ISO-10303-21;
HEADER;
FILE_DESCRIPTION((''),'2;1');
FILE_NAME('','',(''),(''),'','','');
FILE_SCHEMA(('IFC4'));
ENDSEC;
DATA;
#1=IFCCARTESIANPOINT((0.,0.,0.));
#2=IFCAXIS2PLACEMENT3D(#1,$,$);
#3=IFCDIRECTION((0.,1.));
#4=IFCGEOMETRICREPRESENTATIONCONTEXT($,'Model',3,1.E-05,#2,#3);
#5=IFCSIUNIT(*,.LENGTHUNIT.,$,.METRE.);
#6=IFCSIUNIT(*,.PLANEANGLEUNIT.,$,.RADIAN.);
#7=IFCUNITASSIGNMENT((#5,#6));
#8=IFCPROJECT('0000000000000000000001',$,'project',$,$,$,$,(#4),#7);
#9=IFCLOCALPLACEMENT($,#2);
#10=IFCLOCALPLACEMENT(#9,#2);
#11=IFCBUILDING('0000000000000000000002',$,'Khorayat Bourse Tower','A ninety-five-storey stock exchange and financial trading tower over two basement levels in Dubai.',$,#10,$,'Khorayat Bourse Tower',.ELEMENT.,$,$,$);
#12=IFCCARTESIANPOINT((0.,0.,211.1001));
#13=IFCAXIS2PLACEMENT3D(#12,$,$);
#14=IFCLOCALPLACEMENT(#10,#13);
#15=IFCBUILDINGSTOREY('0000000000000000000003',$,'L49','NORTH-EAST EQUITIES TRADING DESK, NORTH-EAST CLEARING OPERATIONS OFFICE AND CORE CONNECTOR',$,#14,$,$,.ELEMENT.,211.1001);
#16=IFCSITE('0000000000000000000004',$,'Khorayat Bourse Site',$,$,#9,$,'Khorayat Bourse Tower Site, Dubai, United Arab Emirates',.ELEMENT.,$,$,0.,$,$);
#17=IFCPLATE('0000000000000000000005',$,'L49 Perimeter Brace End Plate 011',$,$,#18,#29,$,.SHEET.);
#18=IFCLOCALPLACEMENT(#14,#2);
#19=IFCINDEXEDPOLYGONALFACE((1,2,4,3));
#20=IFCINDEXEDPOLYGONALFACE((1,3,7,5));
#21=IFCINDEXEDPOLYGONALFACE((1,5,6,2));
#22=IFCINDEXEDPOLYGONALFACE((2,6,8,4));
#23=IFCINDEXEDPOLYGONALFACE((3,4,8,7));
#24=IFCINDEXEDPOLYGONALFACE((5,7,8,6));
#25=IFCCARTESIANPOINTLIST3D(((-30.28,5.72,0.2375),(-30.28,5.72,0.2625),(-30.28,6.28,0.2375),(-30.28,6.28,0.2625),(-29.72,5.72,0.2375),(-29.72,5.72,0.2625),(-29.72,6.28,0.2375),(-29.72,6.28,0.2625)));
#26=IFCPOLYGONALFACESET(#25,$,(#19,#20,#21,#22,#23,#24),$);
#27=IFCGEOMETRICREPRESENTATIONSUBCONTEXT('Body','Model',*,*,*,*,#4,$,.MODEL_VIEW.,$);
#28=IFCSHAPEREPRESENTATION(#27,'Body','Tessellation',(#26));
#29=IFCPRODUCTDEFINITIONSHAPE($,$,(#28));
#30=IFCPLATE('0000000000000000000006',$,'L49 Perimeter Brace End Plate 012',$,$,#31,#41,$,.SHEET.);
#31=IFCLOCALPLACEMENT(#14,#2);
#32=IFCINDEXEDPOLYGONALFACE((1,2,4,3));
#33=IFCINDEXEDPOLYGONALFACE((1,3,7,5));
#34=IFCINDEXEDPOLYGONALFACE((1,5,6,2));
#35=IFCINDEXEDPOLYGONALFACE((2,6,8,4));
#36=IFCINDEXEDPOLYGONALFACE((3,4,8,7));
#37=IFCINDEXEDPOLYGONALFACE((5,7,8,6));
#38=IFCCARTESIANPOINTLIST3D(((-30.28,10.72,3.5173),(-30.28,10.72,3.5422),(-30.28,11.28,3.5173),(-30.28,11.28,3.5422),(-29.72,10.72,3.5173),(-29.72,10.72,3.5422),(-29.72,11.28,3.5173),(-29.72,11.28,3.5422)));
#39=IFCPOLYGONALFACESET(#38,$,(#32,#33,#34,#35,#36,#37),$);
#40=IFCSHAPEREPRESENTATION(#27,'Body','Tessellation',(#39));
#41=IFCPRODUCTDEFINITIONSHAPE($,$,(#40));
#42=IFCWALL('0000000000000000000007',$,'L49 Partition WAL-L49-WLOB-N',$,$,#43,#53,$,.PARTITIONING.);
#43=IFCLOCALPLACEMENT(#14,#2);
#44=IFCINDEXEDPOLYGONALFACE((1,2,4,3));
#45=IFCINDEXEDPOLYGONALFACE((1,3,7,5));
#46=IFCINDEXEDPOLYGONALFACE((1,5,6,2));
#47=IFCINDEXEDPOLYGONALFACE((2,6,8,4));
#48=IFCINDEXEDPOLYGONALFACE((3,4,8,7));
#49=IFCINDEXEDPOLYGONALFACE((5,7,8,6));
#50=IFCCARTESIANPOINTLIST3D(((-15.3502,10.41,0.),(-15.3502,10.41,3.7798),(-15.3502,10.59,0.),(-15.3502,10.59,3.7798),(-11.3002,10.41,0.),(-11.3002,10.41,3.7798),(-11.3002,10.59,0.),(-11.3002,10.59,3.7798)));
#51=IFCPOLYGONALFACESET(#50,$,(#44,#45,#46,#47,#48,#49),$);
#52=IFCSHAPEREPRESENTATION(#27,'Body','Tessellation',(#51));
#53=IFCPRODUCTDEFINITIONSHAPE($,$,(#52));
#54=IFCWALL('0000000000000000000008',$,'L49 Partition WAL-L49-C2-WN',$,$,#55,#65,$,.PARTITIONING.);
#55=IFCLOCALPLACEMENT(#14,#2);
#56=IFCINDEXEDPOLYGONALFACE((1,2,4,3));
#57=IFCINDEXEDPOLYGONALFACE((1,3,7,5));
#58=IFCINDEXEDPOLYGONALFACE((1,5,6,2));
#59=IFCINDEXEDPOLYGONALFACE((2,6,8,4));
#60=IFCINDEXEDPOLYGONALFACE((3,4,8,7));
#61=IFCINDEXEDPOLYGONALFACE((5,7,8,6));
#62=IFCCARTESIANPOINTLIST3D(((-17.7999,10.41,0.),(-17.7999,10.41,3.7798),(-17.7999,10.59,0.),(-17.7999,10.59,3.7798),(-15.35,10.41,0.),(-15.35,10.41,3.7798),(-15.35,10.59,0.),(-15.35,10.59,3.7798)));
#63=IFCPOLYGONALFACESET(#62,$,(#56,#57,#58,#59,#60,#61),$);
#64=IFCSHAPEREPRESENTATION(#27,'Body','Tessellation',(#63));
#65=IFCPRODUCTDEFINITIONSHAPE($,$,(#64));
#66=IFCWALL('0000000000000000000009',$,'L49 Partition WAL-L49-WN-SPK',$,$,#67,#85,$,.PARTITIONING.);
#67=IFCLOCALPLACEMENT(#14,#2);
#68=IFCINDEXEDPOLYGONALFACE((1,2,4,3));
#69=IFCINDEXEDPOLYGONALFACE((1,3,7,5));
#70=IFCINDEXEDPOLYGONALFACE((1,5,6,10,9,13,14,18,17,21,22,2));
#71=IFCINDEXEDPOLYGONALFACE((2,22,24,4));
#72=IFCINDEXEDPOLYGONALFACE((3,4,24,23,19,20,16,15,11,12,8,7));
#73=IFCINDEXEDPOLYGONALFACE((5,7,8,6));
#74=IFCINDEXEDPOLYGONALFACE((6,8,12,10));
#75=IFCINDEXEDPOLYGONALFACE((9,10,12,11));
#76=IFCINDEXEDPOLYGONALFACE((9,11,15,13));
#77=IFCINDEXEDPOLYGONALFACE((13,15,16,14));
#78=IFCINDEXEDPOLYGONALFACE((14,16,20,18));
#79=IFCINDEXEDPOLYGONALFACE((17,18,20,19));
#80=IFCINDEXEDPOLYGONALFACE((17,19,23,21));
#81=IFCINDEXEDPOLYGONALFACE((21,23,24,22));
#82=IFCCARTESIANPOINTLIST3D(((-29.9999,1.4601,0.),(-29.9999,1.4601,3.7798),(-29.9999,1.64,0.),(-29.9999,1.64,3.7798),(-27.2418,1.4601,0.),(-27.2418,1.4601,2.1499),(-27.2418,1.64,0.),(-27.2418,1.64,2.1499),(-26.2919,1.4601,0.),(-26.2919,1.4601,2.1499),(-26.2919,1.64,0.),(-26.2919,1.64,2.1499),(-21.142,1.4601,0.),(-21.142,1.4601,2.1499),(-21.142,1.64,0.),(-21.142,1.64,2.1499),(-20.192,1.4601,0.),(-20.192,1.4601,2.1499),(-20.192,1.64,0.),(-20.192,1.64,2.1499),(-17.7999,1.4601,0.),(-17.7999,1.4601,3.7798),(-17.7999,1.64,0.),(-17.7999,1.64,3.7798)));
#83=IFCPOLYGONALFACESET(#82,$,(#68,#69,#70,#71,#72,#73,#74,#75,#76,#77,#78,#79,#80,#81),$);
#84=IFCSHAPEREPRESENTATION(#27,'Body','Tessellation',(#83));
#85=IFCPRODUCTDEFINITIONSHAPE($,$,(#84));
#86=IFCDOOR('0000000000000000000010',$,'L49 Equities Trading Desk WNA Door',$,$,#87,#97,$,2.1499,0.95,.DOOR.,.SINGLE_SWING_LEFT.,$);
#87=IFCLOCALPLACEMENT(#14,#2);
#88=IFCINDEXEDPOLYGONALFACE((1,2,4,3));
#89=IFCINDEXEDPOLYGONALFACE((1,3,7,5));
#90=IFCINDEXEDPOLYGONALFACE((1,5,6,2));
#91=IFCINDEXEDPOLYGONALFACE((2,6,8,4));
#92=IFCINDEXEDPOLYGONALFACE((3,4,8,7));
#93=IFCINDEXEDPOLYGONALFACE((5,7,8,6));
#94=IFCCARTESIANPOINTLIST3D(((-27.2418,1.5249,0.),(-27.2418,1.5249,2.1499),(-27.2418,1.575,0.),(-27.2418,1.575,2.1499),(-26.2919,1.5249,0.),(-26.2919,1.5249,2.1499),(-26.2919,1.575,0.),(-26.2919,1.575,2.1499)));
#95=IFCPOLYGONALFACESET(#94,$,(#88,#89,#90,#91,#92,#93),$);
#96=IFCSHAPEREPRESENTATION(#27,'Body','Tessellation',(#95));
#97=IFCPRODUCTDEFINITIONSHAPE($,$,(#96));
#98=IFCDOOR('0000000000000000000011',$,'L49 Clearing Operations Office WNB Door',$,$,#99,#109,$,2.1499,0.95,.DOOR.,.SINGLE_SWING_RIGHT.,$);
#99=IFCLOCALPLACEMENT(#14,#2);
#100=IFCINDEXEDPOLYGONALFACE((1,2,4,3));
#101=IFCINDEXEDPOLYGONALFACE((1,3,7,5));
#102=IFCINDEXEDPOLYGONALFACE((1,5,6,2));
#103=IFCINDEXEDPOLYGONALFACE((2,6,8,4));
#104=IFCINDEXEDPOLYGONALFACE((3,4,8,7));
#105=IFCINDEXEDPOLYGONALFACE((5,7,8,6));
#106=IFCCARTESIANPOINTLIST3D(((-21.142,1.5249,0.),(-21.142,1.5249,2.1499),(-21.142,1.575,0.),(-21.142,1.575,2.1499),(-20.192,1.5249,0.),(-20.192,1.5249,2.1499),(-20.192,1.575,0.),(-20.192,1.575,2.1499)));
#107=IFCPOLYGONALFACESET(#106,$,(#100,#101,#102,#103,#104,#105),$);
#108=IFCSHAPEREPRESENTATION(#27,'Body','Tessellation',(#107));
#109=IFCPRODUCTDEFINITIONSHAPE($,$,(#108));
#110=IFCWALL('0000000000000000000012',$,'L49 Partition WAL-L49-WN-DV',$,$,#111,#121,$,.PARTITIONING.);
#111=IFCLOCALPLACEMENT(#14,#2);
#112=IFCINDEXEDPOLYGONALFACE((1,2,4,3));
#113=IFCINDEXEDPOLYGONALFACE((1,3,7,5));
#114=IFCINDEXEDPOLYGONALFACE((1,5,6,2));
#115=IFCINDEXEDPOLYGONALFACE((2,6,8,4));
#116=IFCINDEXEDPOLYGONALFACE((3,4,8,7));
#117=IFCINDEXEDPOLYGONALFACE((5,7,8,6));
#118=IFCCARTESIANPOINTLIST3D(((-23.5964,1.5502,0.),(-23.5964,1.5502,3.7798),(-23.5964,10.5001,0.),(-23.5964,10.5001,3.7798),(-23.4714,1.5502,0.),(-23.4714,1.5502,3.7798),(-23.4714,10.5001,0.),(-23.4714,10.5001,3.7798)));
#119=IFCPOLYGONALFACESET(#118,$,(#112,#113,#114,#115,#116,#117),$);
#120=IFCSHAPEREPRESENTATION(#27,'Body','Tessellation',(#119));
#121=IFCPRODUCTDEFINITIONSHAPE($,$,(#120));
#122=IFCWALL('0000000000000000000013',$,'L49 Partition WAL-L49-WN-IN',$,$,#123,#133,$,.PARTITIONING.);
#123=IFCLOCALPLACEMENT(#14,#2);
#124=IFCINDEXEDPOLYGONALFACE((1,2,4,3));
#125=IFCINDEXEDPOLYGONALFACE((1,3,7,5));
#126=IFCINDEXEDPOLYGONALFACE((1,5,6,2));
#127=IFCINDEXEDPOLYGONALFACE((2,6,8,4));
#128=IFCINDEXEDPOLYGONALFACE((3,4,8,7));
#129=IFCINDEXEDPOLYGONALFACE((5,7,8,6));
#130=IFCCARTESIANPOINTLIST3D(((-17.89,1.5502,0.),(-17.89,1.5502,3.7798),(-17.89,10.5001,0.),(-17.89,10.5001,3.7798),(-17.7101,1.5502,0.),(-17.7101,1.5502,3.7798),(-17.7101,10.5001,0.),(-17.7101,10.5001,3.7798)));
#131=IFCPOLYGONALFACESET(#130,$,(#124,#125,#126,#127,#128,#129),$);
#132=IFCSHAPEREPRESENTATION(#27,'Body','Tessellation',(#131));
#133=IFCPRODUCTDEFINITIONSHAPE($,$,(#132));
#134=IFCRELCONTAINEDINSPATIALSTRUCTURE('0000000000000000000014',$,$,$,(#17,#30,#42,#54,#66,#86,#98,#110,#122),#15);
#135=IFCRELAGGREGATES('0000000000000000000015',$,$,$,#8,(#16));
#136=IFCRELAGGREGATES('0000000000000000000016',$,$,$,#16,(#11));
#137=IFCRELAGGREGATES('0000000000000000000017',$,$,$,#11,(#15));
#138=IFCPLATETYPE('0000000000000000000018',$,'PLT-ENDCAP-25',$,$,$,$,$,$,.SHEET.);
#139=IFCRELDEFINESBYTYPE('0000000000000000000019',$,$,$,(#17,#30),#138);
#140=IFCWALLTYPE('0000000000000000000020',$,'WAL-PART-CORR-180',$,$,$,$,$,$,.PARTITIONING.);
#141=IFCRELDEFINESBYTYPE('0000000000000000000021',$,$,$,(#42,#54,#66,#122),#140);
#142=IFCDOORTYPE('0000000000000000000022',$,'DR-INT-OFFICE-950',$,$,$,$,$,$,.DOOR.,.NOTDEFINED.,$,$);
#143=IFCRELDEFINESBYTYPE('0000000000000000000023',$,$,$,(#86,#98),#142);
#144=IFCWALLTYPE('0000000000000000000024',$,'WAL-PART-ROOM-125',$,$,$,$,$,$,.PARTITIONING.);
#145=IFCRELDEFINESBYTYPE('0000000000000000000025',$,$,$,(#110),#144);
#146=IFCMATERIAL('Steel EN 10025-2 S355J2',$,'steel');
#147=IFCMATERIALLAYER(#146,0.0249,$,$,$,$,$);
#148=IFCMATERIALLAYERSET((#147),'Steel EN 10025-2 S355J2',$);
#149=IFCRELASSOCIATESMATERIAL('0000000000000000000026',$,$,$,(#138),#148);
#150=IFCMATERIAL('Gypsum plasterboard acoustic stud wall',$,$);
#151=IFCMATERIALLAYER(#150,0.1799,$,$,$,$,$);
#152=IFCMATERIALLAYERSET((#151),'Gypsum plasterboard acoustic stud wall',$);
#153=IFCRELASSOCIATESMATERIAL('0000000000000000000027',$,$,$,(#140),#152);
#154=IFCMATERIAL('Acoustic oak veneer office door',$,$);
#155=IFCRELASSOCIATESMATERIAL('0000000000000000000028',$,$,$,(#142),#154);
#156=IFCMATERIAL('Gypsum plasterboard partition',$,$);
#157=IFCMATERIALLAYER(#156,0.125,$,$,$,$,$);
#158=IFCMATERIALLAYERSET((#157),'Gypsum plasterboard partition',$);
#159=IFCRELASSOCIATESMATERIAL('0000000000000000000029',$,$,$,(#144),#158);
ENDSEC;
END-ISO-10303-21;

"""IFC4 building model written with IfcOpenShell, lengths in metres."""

from ifc_helpers import new_model, si_unit, direction, frame, frame_2d, origin, origin_2d, place, context, subcontext, project, spatial, rectangle, extrude, source, transform, mapped, material, layer, layer_set, type_object, element, fill, save


model = new_model("IFC4")

# Units and contexts
model_context = context("Model", 3, precision=1e-05, world=origin(), true_north=direction((0.0, 1.0)))
body_context = subcontext(model_context, "Body", "Model", "MODEL_VIEW")
ifc_project = project(units=[si_unit("LENGTHUNIT", "METRE"), si_unit("PLANEANGLEUNIT", "RADIAN")], contexts=[model_context])

# Site, building, storey
site_placement = place(None, origin())
site = spatial("IfcSite", under=ifc_project, at=site_placement, Name="Khorayat Bourse Site", LongName="Khorayat Bourse Tower Site, Dubai, United Arab Emirates", CompositionType="ELEMENT", RefElevation=0.0)
building_placement = place(site_placement, origin())
building = spatial("IfcBuilding", under=site, at=building_placement, Name="Khorayat Bourse Tower", Description="A ninety-five-storey stock exchange and financial trading tower over two basement levels in Dubai.", LongName="Khorayat Bourse Tower", CompositionType="ELEMENT")
storey_placement = place(building_placement, frame((0.0, 0.0, 211.1001)))
storey = spatial("IfcBuildingStorey", under=building, at=storey_placement, Name="L49", Description="NORTH-EAST EQUITIES TRADING DESK, NORTH-EAST CLEARING OPERATIONS OFFICE AND CORE CONNECTOR", CompositionType="ELEMENT", Elevation=211.1001)

# Plates
ifc_material_1 = material(Name="Steel EN 10025-2 S355J2", Category="steel")
ifc_layer_1 = layer(ifc_material_1, 0.0249)
ifc_layer_set_1 = layer_set([ifc_layer_1], Name="Steel EN 10025-2 S355J2")
plate_type = type_object("IfcPlateType", Name="PLT-ENDCAP-25", PredefinedType="SHEET", material=ifc_layer_set_1)
shared_shape_1 = source(origin(), body_context, "Body", "SweptSolid", [
    extrude(rectangle(XDim=0.5601, YDim=0.5601, at=origin_2d()), origin(), (0.0, 0.0, 1.0), 0.0249),
])
for number, where, z_axis, x_axis, name in (
    (1, (-30.0, 6.0, 0.2375), (0.0, 0.0, 1.0), (1.0, 0.0, 0.0), "L49 Perimeter Brace End Plate 011"),
    (2, (-30.0, 11.0, 3.5173), (0.0, 0.0, 1.0), (1.0, 0.0, 0.0), "L49 Perimeter Brace End Plate 012"),
):
    element("IfcPlate", number, at=place(storey_placement, frame(where, z_axis=z_axis, x_axis=x_axis)), inside=storey, type_object=plate_type, Name=name, PredefinedType="SHEET", context=body_context, shape_type="MappedRepresentation", body=[
        mapped(shared_shape_1, transform((0.0, 0.0, 0.0), scale=1.0)),
    ])

# Walls
ifc_material_2 = material(Name="Gypsum plasterboard acoustic stud wall")
ifc_layer_2 = layer(ifc_material_2, 0.1799)
ifc_layer_set_2 = layer_set([ifc_layer_2], Name="Gypsum plasterboard acoustic stud wall")
wall_type_1 = type_object("IfcWallType", Name="WAL-PART-CORR-180", PredefinedType="PARTITIONING", material=ifc_layer_set_2)
shared_shape_2 = source(origin(), body_context, "Body", "SweptSolid", [
    extrude(rectangle(XDim=4.05, YDim=0.1799, at=frame_2d((2.0249, 0.0))), origin(), (0.0, 0.0, 1.0), 3.7798),
])
wall_1_placement = place(storey_placement, frame((-15.3501, 10.5, 0.0), z_axis=(0.0, 0.0, 1.0), x_axis=(1.0, 0.0, 0.0)))
element("IfcWall", 3, at=wall_1_placement, inside=storey, type_object=wall_type_1, Name="L49 Partition WAL-L49-WLOB-N", PredefinedType="PARTITIONING", context=body_context, shape_type="MappedRepresentation", body=[
    mapped(shared_shape_2, transform((0.0, 0.0, 0.0), scale=1.0)),
])
shared_shape_3 = source(origin(), body_context, "Body", "SweptSolid", [
    extrude(rectangle(XDim=2.45, YDim=0.1799, at=frame_2d((1.2251, 0.0))), origin(), (0.0, 0.0, 1.0), 3.7798),
])
wall_2_placement = place(storey_placement, frame((-17.8, 10.5, 0.0), z_axis=(0.0, 0.0, 1.0), x_axis=(1.0, 0.0, 0.0)))
element("IfcWall", 4, at=wall_2_placement, inside=storey, type_object=wall_type_1, Name="L49 Partition WAL-L49-C2-WN", PredefinedType="PARTITIONING", context=body_context, shape_type="MappedRepresentation", body=[
    mapped(shared_shape_3, transform((0.0, 0.0, 0.0), scale=1.0)),
])

# Wall, openings, doors
shared_shape_4 = source(origin(), body_context, "Body", "SweptSolid", [
    extrude(rectangle(XDim=12.2, YDim=0.1799, at=frame_2d((6.1001, 0.0))), origin(), (0.0, 0.0, 1.0), 3.7798),
])
wall_3_placement = place(storey_placement, frame((-30.0, 1.55, 0.0), z_axis=(0.0, 0.0, 1.0), x_axis=(1.0, 0.0, 0.0)))
wall_3 = element("IfcWall", 5, at=wall_3_placement, inside=storey, type_object=wall_type_1, Name="L49 Partition WAL-L49-WN-SPK", PredefinedType="PARTITIONING", context=body_context, shape_type="MappedRepresentation", body=[
    mapped(shared_shape_4, transform((0.0, 0.0, 0.0), scale=1.0)),
])
shared_shape_5 = source(origin(), body_context, "Body", "SweptSolid", [
    extrude(rectangle(XDim=0.95, YDim=2.1499, at=frame_2d((0.4751, 1.075))), frame((0.0, 0.0999, 0.0), z_axis=(0.0, -1.0, 0.0), x_axis=(1.0, 0.0, 0.0)), (0.0, 0.0, 1.0), 0.2),
])
opening_1_placement = place(wall_3_placement, frame((2.7581, 0.0, 0.0)))
opening_1 = element("IfcOpeningElement", 6, at=opening_1_placement, cuts=wall_3, PredefinedType="OPENING", context=body_context, shape_type="MappedRepresentation", body=[
    mapped(shared_shape_5, transform((0.0, 0.0, 0.0), scale=1.0)),
])
opening_2_placement = place(wall_3_placement, frame((8.8579, 0.0, 0.0)))
opening_2 = element("IfcOpeningElement", 7, at=opening_2_placement, cuts=wall_3, PredefinedType="OPENING", context=body_context, shape_type="MappedRepresentation", body=[
    mapped(shared_shape_5, transform((0.0, 0.0, 0.0), scale=1.0)),
])
ifc_material_3 = material(Name="Acoustic oak veneer office door")
door_type = type_object("IfcDoorType", Name="DR-INT-OFFICE-950", OperationType="NOTDEFINED", PredefinedType="DOOR", material=ifc_material_3)
shared_shape_6 = source(origin(), body_context, "Body", "SweptSolid", [
    extrude(rectangle(XDim=0.95, YDim=2.1499, at=frame_2d((0.4751, 1.075))), frame((0.0, 0.0249, 0.0), z_axis=(0.0, -1.0, 0.0), x_axis=(1.0, 0.0, 0.0)), (0.0, 0.0, 1.0), 0.05),
])
door_1_placement = place(opening_1_placement, origin())
door_1 = element("IfcDoor", 8, at=door_1_placement, inside=storey, type_object=door_type, Name="L49 Equities Trading Desk WNA Door", OperationType="SINGLE_SWING_LEFT", OverallHeight=2.1499, OverallWidth=0.95, PredefinedType="DOOR", context=body_context, shape_type="MappedRepresentation", body=[
    mapped(shared_shape_6, transform((0.0, 0.0, 0.0), scale=1.0)),
])
fill(opening_1, door_1)
door_2_placement = place(opening_2_placement, origin())
door_2 = element("IfcDoor", 9, at=door_2_placement, inside=storey, type_object=door_type, Name="L49 Clearing Operations Office WNB Door", OperationType="SINGLE_SWING_RIGHT", OverallHeight=2.1499, OverallWidth=0.95, PredefinedType="DOOR", context=body_context, shape_type="MappedRepresentation", body=[
    mapped(shared_shape_6, transform((0.0, 0.0, 0.0), scale=1.0)),
])
fill(opening_2, door_2)

# Walls
ifc_material_4 = material(Name="Gypsum plasterboard partition")
ifc_layer_3 = layer(ifc_material_4, 0.125)
ifc_layer_set_3 = layer_set([ifc_layer_3], Name="Gypsum plasterboard partition")
wall_type_2 = type_object("IfcWallType", Name="WAL-PART-ROOM-125", PredefinedType="PARTITIONING", material=ifc_layer_set_3)
shared_shape_7 = source(origin(), body_context, "Body", "SweptSolid", [
    extrude(rectangle(XDim=8.95, YDim=0.125, at=frame_2d((4.4751, 0.0))), origin(), (0.0, 0.0, 1.0), 3.7798),
])
wall_4_placement = place(storey_placement, frame((-23.5339, 1.55, 0.0), z_axis=(0.0, 0.0, 1.0), x_axis=(0.0, 1.0, 0.0)))
element("IfcWall", 10, at=wall_4_placement, inside=storey, type_object=wall_type_2, Name="L49 Partition WAL-L49-WN-DV", PredefinedType="PARTITIONING", context=body_context, shape_type="MappedRepresentation", body=[
    mapped(shared_shape_7, transform((0.0, 0.0, 0.0), scale=1.0)),
])
shared_shape_8 = source(origin(), body_context, "Body", "SweptSolid", [
    extrude(rectangle(XDim=8.95, YDim=0.1799, at=frame_2d((4.4751, 0.0))), origin(), (0.0, 0.0, 1.0), 3.7798),
])
wall_5_placement = place(storey_placement, frame((-17.8, 1.55, 0.0), z_axis=(0.0, 0.0, 1.0), x_axis=(0.0, 1.0, 0.0)))
element("IfcWall", 11, at=wall_5_placement, inside=storey, type_object=wall_type_1, Name="L49 Partition WAL-L49-WN-IN", PredefinedType="PARTITIONING", context=body_context, shape_type="MappedRepresentation", body=[
    mapped(shared_shape_8, transform((0.0, 0.0, 0.0), scale=1.0)),
])

save(model, "model.ifc")
